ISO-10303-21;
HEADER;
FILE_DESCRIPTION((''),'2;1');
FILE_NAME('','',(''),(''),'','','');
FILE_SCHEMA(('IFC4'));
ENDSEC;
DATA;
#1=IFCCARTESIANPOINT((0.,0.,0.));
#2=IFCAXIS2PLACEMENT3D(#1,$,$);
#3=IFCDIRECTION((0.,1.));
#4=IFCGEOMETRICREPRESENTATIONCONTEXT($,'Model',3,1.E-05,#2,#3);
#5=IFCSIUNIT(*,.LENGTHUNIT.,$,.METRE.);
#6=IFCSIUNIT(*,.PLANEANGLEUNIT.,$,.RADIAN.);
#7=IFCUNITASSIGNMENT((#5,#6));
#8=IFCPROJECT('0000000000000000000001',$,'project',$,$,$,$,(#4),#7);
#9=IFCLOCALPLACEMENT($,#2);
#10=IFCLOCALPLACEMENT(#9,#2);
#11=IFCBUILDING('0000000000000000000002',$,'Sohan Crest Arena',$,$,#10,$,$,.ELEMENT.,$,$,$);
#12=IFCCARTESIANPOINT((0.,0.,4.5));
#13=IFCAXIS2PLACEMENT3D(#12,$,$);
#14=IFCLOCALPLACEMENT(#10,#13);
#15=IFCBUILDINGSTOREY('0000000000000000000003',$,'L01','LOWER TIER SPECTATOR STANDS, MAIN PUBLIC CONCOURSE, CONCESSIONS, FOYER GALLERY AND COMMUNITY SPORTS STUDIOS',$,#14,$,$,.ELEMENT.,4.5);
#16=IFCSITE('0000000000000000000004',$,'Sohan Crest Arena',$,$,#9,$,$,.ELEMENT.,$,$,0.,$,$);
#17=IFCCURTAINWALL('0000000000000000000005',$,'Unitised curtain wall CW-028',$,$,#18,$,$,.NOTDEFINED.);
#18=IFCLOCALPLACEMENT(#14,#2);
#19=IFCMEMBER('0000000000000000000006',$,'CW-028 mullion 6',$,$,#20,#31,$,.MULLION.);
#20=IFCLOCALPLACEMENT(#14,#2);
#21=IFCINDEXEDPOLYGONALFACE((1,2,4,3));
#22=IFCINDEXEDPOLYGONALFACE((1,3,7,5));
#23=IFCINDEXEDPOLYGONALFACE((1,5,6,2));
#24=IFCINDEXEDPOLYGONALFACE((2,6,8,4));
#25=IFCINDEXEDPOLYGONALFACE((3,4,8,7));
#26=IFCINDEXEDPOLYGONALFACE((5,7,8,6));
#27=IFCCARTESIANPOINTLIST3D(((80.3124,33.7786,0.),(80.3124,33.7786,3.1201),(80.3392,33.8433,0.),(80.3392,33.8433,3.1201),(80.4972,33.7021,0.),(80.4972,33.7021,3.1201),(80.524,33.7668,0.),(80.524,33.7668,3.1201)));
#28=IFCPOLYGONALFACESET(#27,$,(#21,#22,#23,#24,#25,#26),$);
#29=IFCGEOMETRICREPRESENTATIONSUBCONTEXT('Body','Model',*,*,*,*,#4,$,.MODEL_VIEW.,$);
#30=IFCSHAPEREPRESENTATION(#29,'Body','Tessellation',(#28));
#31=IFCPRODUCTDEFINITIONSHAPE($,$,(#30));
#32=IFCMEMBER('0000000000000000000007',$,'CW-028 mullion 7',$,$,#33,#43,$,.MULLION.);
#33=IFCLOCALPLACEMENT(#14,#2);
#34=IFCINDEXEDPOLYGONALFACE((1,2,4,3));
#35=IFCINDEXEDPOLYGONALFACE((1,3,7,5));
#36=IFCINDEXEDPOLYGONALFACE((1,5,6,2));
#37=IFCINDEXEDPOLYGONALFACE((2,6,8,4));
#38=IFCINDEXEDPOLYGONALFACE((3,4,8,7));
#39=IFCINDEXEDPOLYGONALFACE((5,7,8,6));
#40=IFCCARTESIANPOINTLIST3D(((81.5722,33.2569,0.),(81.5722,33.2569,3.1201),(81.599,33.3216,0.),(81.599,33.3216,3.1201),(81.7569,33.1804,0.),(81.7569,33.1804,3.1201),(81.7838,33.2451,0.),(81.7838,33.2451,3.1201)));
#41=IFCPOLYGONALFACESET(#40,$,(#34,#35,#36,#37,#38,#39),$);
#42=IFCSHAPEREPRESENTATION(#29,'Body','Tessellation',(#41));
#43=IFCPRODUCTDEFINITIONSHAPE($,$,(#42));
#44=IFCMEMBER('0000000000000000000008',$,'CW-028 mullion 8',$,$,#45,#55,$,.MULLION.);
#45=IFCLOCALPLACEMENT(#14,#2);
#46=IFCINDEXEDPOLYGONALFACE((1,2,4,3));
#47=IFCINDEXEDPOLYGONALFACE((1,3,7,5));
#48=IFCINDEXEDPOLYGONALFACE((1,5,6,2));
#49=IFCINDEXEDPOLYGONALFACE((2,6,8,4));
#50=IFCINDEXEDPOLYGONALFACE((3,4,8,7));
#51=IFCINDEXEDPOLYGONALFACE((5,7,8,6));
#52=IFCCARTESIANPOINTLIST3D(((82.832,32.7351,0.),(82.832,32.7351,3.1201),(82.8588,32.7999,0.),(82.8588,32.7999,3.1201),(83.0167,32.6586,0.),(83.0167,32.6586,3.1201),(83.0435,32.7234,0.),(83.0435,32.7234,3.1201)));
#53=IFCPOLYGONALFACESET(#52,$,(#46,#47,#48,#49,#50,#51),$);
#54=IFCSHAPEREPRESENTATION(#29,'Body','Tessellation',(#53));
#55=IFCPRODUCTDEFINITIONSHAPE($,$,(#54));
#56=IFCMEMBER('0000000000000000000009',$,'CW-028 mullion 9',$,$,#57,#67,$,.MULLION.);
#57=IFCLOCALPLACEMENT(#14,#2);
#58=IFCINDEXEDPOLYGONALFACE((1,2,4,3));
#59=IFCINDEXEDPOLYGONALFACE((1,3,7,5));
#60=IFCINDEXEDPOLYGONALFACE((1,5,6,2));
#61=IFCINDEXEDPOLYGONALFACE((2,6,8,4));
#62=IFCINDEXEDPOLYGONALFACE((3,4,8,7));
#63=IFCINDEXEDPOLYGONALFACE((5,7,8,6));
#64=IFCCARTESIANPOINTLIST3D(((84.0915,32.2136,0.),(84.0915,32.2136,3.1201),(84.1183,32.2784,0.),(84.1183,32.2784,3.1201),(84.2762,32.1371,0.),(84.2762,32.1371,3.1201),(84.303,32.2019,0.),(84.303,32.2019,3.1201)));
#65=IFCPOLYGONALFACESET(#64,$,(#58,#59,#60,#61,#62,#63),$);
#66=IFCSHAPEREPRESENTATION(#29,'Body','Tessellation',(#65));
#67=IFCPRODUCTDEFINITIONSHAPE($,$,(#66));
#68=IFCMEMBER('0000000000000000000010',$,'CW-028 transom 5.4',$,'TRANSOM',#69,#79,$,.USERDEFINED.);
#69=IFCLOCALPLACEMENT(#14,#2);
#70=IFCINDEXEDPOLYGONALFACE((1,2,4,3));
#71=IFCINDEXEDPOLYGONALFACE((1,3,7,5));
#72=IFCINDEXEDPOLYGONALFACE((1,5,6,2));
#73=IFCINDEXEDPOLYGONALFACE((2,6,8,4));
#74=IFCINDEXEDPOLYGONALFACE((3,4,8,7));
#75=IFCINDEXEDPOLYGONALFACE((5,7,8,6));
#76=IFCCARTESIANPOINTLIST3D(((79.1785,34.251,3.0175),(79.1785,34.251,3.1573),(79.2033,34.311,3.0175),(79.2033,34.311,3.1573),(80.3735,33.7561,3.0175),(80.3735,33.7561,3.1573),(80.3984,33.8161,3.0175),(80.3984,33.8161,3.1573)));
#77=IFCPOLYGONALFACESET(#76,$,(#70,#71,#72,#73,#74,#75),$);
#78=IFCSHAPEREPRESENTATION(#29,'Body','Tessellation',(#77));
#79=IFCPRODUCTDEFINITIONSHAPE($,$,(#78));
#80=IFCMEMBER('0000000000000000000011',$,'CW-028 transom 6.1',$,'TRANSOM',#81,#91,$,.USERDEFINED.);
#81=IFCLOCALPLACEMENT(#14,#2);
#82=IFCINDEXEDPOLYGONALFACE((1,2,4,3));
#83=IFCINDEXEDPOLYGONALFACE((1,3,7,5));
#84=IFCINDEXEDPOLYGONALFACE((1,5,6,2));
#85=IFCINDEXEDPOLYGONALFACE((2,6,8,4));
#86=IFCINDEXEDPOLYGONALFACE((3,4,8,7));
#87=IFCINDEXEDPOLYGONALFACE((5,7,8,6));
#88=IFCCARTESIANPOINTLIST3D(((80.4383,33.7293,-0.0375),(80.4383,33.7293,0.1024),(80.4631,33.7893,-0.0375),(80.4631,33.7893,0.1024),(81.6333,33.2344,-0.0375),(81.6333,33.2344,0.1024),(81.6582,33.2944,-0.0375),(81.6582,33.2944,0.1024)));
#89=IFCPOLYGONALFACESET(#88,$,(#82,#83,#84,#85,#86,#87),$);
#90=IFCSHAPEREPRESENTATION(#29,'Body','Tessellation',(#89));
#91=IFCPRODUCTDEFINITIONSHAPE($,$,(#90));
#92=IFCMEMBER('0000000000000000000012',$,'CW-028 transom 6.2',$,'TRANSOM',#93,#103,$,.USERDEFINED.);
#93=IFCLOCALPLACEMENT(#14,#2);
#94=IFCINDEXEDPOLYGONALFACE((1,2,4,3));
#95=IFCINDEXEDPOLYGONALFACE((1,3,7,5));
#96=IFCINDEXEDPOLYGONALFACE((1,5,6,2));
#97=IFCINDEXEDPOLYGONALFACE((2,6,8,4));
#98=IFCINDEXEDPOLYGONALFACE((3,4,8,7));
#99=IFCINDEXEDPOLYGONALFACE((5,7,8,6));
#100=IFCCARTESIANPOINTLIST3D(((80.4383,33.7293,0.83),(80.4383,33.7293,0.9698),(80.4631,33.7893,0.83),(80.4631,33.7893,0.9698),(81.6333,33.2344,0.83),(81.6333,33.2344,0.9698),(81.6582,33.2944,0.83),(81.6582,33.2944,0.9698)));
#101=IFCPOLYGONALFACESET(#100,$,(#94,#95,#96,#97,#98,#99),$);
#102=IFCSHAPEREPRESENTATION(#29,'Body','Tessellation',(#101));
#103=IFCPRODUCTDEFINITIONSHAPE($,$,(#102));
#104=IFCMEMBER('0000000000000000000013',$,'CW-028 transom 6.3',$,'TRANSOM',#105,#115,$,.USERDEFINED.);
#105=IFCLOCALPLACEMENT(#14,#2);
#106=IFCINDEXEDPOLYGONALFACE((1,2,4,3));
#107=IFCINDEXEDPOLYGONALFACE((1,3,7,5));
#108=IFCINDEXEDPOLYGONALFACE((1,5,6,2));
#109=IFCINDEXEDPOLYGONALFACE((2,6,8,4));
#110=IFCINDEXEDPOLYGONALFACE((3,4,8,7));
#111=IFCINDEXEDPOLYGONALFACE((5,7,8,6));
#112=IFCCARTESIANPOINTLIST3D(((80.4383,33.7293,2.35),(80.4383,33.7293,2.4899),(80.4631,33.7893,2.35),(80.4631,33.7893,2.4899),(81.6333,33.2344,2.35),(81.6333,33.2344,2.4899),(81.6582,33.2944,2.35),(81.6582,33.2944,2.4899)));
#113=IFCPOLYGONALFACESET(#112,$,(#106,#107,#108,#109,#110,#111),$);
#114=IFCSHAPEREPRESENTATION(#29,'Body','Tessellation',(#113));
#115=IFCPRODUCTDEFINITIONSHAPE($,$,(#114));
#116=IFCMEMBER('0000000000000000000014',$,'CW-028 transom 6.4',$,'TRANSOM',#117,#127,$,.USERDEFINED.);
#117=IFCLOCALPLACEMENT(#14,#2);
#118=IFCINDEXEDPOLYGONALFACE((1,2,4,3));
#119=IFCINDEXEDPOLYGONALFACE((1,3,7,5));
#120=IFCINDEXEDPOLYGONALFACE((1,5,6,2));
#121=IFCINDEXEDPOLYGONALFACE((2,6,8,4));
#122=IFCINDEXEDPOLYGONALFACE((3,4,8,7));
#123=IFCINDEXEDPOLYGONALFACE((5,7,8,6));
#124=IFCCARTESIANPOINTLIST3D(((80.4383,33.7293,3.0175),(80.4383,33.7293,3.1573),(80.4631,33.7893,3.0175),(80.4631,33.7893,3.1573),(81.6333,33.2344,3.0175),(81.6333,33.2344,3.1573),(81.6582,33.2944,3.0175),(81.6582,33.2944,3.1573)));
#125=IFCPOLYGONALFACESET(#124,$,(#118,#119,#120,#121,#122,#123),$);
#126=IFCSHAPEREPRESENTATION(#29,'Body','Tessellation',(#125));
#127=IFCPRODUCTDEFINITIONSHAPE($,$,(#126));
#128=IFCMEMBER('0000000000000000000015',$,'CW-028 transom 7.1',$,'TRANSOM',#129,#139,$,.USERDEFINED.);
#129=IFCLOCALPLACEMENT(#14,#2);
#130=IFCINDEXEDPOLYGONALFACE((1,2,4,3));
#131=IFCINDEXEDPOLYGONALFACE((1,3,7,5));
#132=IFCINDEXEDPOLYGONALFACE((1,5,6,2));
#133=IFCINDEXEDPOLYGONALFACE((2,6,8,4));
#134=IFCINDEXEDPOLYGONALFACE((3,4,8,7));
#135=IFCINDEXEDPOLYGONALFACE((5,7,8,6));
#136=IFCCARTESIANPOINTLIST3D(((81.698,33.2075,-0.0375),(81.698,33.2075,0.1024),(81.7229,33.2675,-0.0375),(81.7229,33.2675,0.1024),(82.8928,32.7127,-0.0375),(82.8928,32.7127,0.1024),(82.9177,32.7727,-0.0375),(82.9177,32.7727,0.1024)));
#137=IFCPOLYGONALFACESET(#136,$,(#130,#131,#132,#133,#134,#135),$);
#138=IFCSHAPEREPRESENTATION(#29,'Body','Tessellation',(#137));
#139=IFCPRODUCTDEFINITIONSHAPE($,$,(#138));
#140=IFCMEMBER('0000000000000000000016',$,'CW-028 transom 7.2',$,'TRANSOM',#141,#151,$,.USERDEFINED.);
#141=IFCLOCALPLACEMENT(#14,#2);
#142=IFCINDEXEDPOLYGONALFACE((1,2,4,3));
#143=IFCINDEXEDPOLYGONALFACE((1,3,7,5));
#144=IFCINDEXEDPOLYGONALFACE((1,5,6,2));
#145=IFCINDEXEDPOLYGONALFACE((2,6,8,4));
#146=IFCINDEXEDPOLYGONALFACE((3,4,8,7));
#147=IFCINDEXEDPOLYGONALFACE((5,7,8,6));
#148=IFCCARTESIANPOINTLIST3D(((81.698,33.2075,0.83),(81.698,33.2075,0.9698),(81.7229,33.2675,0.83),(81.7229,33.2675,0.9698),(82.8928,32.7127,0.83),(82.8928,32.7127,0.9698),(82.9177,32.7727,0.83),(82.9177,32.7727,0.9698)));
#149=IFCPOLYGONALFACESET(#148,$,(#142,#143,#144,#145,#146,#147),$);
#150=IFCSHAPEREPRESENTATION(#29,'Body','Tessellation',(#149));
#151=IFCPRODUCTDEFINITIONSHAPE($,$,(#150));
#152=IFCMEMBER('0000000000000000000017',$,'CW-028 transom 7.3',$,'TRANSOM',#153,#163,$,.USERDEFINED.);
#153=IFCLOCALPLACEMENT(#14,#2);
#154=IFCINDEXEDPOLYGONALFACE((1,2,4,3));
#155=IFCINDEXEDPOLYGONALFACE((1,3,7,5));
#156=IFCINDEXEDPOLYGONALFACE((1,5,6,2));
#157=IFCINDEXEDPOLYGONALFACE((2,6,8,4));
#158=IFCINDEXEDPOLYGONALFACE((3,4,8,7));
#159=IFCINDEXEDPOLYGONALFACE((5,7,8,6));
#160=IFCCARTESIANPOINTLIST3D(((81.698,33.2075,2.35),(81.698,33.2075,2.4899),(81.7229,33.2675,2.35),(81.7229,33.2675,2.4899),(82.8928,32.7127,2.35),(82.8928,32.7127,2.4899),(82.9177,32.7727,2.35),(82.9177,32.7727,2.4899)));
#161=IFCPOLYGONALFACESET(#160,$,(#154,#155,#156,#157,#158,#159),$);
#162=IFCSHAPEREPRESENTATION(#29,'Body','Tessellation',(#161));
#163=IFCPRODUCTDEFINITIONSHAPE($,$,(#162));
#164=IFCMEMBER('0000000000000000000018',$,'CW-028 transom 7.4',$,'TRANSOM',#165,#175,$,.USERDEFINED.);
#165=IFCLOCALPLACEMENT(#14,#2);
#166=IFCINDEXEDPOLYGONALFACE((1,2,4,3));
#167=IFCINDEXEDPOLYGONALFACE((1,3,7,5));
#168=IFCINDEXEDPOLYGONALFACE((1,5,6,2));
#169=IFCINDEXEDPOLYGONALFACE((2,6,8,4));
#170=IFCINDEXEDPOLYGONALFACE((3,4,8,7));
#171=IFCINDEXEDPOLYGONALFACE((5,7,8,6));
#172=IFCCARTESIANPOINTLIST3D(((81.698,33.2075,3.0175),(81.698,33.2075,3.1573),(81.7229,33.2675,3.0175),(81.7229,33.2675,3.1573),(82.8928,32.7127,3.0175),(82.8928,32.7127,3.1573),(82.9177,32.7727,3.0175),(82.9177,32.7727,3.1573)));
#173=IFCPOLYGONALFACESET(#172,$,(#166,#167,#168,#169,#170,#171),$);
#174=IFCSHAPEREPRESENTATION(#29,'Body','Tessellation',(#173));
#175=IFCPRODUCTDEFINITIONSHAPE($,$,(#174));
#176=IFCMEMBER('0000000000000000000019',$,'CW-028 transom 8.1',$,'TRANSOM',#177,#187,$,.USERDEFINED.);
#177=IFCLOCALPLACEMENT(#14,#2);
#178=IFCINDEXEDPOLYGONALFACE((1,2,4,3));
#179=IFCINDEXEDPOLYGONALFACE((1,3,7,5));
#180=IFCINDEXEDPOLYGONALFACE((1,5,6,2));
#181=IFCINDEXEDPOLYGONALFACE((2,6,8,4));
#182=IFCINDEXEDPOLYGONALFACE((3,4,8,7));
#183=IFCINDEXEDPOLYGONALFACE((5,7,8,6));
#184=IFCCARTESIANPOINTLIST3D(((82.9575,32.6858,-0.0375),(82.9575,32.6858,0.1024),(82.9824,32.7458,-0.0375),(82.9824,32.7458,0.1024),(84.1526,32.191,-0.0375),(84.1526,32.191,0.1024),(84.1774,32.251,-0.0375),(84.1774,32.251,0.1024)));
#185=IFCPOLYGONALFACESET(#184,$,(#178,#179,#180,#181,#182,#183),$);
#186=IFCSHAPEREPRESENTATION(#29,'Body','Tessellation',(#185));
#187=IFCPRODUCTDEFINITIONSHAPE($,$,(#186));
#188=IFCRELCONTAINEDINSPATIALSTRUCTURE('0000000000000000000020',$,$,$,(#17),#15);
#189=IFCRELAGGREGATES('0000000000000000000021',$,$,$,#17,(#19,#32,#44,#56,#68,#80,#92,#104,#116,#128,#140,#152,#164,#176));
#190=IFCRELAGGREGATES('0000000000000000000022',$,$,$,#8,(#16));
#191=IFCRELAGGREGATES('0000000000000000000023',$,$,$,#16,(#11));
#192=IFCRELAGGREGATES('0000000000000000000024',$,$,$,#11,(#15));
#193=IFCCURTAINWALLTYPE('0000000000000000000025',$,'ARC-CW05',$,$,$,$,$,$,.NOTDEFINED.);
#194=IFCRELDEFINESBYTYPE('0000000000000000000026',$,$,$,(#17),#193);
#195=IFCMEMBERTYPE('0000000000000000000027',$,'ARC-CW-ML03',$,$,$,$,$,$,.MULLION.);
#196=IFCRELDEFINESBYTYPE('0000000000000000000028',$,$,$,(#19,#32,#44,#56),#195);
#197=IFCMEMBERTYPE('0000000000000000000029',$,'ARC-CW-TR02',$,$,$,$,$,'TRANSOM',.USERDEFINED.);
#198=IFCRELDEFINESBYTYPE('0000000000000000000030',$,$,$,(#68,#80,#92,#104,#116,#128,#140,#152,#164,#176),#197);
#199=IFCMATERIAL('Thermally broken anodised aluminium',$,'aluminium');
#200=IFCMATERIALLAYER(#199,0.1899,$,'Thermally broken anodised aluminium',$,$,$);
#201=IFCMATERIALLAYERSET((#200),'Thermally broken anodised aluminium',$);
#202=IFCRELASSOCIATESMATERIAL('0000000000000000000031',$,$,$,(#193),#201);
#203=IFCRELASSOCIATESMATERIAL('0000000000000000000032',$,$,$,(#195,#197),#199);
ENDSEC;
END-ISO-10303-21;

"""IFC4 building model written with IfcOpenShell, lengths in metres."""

from ifc_helpers import new_model, si_unit, direction, frame, origin, origin_2d, place, context, subcontext, project, spatial, rectangle, extrude, material, layer, layer_set, material_profile, profile_set, type_object, element, aggregate, save


model = new_model("IFC4")

# Units and contexts
model_context = context("Model", 3, precision=1e-05, world=origin(), true_north=direction((0.0, 1.0)))
body_context = subcontext(model_context, "Body", "Model", "MODEL_VIEW")
ifc_project = project(units=[si_unit("LENGTHUNIT", "METRE"), si_unit("PLANEANGLEUNIT", "RADIAN")], contexts=[model_context])

# Site, building, storey
site_placement = place(None, origin())
site = spatial("IfcSite", under=ifc_project, at=site_placement, Name="Sohan Crest Arena", CompositionType="ELEMENT", RefElevation=0.0)
building_placement = place(site_placement, origin())
building = spatial("IfcBuilding", under=site, at=building_placement, Name="Sohan Crest Arena", CompositionType="ELEMENT")
storey_placement = place(building_placement, frame((0.0, 0.0, 4.5)))
storey = spatial("IfcBuildingStorey", under=building, at=storey_placement, Name="L01", Description="LOWER TIER SPECTATOR STANDS, MAIN PUBLIC CONCOURSE, CONCESSIONS, FOYER GALLERY AND COMMUNITY SPORTS STUDIOS", CompositionType="ELEMENT", Elevation=4.5)

# Curtain wall, members
ifc_material_1 = material(Name="Thermally broken anodised aluminium", Category="aluminium")
ifc_layer_1 = layer(ifc_material_1, 0.1899, Name="Thermally broken anodised aluminium")
ifc_layer_set_1 = layer_set([ifc_layer_1], Name="Thermally broken anodised aluminium")
curtain_wall_type = type_object("IfcCurtainWallType", Name="ARC-CW05", PredefinedType="NOTDEFINED", material=ifc_layer_set_1)
curtain_wall_placement = place(storey_placement, origin())
curtain_wall = element("IfcCurtainWall", 1, at=curtain_wall_placement, inside=storey, type_object=curtain_wall_type, Name="Unitised curtain wall CW-028", PredefinedType="NOTDEFINED")
ifc_material_profile_1 = material_profile(ifc_material_1, rectangle(XDim=0.0701, YDim=0.2, at=origin_2d()), Name="ALU-MULL 70x200")
ifc_profile_set_1 = profile_set([ifc_material_profile_1], Name="Thermally broken anodised aluminium")
member_type_1 = type_object("IfcMemberType", Name="ARC-CW-ML03", PredefinedType="MULLION", material=ifc_profile_set_1)
member_1_placement = place(storey_placement, frame((80.4182, 33.7727, 0.0), z_axis=(0.0, 0.0, 1.0), x_axis=(0.382618, 0.923907, 0.0)))
member_1 = element("IfcMember", 2, at=member_1_placement, type_object=member_type_1, Name="CW-028 mullion 6", PredefinedType="MULLION", context=body_context, shape_type="SweptSolid", body=[
    extrude(rectangle(XDim=0.0701, YDim=0.2, at=origin_2d()), origin(), (0.0, 0.0, 1.0), 3.1201),
])
member_2_placement = place(storey_placement, frame((81.678, 33.251, 0.0), z_axis=(0.0, 0.0, 1.0), x_axis=(0.382618, 0.923907, 0.0)))
member_2 = element("IfcMember", 3, at=member_2_placement, type_object=member_type_1, Name="CW-028 mullion 7", PredefinedType="MULLION", context=body_context, shape_type="SweptSolid", body=[
    extrude(rectangle(XDim=0.0701, YDim=0.2, at=origin_2d()), origin(), (0.0, 0.0, 1.0), 3.1201),
])
member_3_placement = place(storey_placement, frame((82.9377, 32.7292, 0.0), z_axis=(0.0, 0.0, 1.0), x_axis=(0.382618, 0.923907, 0.0)))
member_3 = element("IfcMember", 4, at=member_3_placement, type_object=member_type_1, Name="CW-028 mullion 8", PredefinedType="MULLION", context=body_context, shape_type="SweptSolid", body=[
    extrude(rectangle(XDim=0.0701, YDim=0.2, at=origin_2d()), origin(), (0.0, 0.0, 1.0), 3.1201),
])
member_4_placement = place(storey_placement, frame((84.1973, 32.2078, 0.0), z_axis=(0.0, 0.0, 1.0), x_axis=(0.382618, 0.923907, 0.0)))
member_4 = element("IfcMember", 5, at=member_4_placement, type_object=member_type_1, Name="CW-028 mullion 9", PredefinedType="MULLION", context=body_context, shape_type="SweptSolid", body=[
    extrude(rectangle(XDim=0.0701, YDim=0.2, at=origin_2d()), origin(), (0.0, 0.0, 1.0), 3.1201),
])
ifc_material_profile_2 = material_profile(ifc_material_1, rectangle(XDim=0.0649, YDim=0.1399, at=origin_2d()), Name="ALU-TRAN 65x140")
ifc_profile_set_2 = profile_set([ifc_material_profile_2], Name="Thermally broken anodised aluminium")
member_type_2 = type_object("IfcMemberType", Name="ARC-CW-TR02", ElementType="TRANSOM", PredefinedType="USERDEFINED", material=ifc_profile_set_2)
member_5_placement = place(storey_placement, frame((79.1909, 34.281, 3.0874), z_axis=(0.923918, -0.382591, 0.0), x_axis=(0.382591, 0.923918, 0.0)))
member_5 = element("IfcMember", 6, at=member_5_placement, type_object=member_type_2, Name="CW-028 transom 5.4", ObjectType="TRANSOM", PredefinedType="USERDEFINED", context=body_context, shape_type="SweptSolid", body=[
    extrude(rectangle(XDim=0.0649, YDim=0.1399, at=origin_2d()), origin(), (0.0, 0.0, 1.0), 1.2935),
])
member_6_placement = place(storey_placement, frame((80.4507, 33.7593, 0.0325), z_axis=(0.923918, -0.382591, 0.0), x_axis=(0.382591, 0.923918, 0.0)))
member_6 = element("IfcMember", 7, at=member_6_placement, type_object=member_type_2, Name="CW-028 transom 6.1", ObjectType="TRANSOM", PredefinedType="USERDEFINED", context=body_context, shape_type="SweptSolid", body=[
    extrude(rectangle(XDim=0.0649, YDim=0.1399, at=origin_2d()), origin(), (0.0, 0.0, 1.0), 1.2935),
])
member_7_placement = place(storey_placement, frame((80.4507, 33.7593, 0.8999), z_axis=(0.923918, -0.382591, 0.0), x_axis=(0.382591, 0.923918, 0.0)))
member_7 = element("IfcMember", 8, at=member_7_placement, type_object=member_type_2, Name="CW-028 transom 6.2", ObjectType="TRANSOM", PredefinedType="USERDEFINED", context=body_context, shape_type="SweptSolid", body=[
    extrude(rectangle(XDim=0.0649, YDim=0.1399, at=origin_2d()), origin(), (0.0, 0.0, 1.0), 1.2935),
])
member_8_placement = place(storey_placement, frame((80.4507, 33.7593, 2.4199), z_axis=(0.923918, -0.382591, 0.0), x_axis=(0.382591, 0.923918, 0.0)))
member_8 = element("IfcMember", 9, at=member_8_placement, type_object=member_type_2, Name="CW-028 transom 6.3", ObjectType="TRANSOM", PredefinedType="USERDEFINED", context=body_context, shape_type="SweptSolid", body=[
    extrude(rectangle(XDim=0.0649, YDim=0.1399, at=origin_2d()), origin(), (0.0, 0.0, 1.0), 1.2935),
])
member_9_placement = place(storey_placement, frame((80.4507, 33.7593, 3.0874), z_axis=(0.923918, -0.382591, 0.0), x_axis=(0.382591, 0.923918, 0.0)))
member_9 = element("IfcMember", 10, at=member_9_placement, type_object=member_type_2, Name="CW-028 transom 6.4", ObjectType="TRANSOM", PredefinedType="USERDEFINED", context=body_context, shape_type="SweptSolid", body=[
    extrude(rectangle(XDim=0.0649, YDim=0.1399, at=origin_2d()), origin(), (0.0, 0.0, 1.0), 1.2935),
])
member_10_placement = place(storey_placement, frame((81.7104, 33.2375, 0.0325), z_axis=(0.92389, -0.382657, 0.0), x_axis=(0.382657, 0.92389, 0.0)))
member_10 = element("IfcMember", 11, at=member_10_placement, type_object=member_type_2, Name="CW-028 transom 7.1", ObjectType="TRANSOM", PredefinedType="USERDEFINED", context=body_context, shape_type="SweptSolid", body=[
    extrude(rectangle(XDim=0.0649, YDim=0.1399, at=origin_2d()), origin(), (0.0, 0.0, 1.0), 1.2932),
])
member_11_placement = place(storey_placement, frame((81.7104, 33.2375, 0.8999), z_axis=(0.92389, -0.382657, 0.0), x_axis=(0.382657, 0.92389, 0.0)))
member_11 = element("IfcMember", 12, at=member_11_placement, type_object=member_type_2, Name="CW-028 transom 7.2", ObjectType="TRANSOM", PredefinedType="USERDEFINED", context=body_context, shape_type="SweptSolid", body=[
    extrude(rectangle(XDim=0.0649, YDim=0.1399, at=origin_2d()), origin(), (0.0, 0.0, 1.0), 1.2932),
])
member_12_placement = place(storey_placement, frame((81.7104, 33.2375, 2.4199), z_axis=(0.92389, -0.382657, 0.0), x_axis=(0.382657, 0.92389, 0.0)))
member_12 = element("IfcMember", 13, at=member_12_placement, type_object=member_type_2, Name="CW-028 transom 7.3", ObjectType="TRANSOM", PredefinedType="USERDEFINED", context=body_context, shape_type="SweptSolid", body=[
    extrude(rectangle(XDim=0.0649, YDim=0.1399, at=origin_2d()), origin(), (0.0, 0.0, 1.0), 1.2932),
])
member_13_placement = place(storey_placement, frame((81.7104, 33.2375, 3.0874), z_axis=(0.92389, -0.382657, 0.0), x_axis=(0.382657, 0.92389, 0.0)))
member_13 = element("IfcMember", 14, at=member_13_placement, type_object=member_type_2, Name="CW-028 transom 7.4", ObjectType="TRANSOM", PredefinedType="USERDEFINED", context=body_context, shape_type="SweptSolid", body=[
    extrude(rectangle(XDim=0.0649, YDim=0.1399, at=origin_2d()), origin(), (0.0, 0.0, 1.0), 1.2932),
])
member_14_placement = place(storey_placement, frame((82.97, 32.7158, 0.0325), z_axis=(0.923918, -0.382591, 0.0), x_axis=(0.382591, 0.923918, 0.0)))
member_14 = element("IfcMember", 15, at=member_14_placement, type_object=member_type_2, Name="CW-028 transom 8.1", ObjectType="TRANSOM", PredefinedType="USERDEFINED", context=body_context, shape_type="SweptSolid", body=[
    extrude(rectangle(XDim=0.0649, YDim=0.1399, at=origin_2d()), origin(), (0.0, 0.0, 1.0), 1.2935),
])
aggregate(curtain_wall, [member_1, member_2, member_3, member_4, member_5, member_6, member_7, member_8, member_9, member_10, member_11, member_12, member_13, member_14])

save(model, "model.ifc")
